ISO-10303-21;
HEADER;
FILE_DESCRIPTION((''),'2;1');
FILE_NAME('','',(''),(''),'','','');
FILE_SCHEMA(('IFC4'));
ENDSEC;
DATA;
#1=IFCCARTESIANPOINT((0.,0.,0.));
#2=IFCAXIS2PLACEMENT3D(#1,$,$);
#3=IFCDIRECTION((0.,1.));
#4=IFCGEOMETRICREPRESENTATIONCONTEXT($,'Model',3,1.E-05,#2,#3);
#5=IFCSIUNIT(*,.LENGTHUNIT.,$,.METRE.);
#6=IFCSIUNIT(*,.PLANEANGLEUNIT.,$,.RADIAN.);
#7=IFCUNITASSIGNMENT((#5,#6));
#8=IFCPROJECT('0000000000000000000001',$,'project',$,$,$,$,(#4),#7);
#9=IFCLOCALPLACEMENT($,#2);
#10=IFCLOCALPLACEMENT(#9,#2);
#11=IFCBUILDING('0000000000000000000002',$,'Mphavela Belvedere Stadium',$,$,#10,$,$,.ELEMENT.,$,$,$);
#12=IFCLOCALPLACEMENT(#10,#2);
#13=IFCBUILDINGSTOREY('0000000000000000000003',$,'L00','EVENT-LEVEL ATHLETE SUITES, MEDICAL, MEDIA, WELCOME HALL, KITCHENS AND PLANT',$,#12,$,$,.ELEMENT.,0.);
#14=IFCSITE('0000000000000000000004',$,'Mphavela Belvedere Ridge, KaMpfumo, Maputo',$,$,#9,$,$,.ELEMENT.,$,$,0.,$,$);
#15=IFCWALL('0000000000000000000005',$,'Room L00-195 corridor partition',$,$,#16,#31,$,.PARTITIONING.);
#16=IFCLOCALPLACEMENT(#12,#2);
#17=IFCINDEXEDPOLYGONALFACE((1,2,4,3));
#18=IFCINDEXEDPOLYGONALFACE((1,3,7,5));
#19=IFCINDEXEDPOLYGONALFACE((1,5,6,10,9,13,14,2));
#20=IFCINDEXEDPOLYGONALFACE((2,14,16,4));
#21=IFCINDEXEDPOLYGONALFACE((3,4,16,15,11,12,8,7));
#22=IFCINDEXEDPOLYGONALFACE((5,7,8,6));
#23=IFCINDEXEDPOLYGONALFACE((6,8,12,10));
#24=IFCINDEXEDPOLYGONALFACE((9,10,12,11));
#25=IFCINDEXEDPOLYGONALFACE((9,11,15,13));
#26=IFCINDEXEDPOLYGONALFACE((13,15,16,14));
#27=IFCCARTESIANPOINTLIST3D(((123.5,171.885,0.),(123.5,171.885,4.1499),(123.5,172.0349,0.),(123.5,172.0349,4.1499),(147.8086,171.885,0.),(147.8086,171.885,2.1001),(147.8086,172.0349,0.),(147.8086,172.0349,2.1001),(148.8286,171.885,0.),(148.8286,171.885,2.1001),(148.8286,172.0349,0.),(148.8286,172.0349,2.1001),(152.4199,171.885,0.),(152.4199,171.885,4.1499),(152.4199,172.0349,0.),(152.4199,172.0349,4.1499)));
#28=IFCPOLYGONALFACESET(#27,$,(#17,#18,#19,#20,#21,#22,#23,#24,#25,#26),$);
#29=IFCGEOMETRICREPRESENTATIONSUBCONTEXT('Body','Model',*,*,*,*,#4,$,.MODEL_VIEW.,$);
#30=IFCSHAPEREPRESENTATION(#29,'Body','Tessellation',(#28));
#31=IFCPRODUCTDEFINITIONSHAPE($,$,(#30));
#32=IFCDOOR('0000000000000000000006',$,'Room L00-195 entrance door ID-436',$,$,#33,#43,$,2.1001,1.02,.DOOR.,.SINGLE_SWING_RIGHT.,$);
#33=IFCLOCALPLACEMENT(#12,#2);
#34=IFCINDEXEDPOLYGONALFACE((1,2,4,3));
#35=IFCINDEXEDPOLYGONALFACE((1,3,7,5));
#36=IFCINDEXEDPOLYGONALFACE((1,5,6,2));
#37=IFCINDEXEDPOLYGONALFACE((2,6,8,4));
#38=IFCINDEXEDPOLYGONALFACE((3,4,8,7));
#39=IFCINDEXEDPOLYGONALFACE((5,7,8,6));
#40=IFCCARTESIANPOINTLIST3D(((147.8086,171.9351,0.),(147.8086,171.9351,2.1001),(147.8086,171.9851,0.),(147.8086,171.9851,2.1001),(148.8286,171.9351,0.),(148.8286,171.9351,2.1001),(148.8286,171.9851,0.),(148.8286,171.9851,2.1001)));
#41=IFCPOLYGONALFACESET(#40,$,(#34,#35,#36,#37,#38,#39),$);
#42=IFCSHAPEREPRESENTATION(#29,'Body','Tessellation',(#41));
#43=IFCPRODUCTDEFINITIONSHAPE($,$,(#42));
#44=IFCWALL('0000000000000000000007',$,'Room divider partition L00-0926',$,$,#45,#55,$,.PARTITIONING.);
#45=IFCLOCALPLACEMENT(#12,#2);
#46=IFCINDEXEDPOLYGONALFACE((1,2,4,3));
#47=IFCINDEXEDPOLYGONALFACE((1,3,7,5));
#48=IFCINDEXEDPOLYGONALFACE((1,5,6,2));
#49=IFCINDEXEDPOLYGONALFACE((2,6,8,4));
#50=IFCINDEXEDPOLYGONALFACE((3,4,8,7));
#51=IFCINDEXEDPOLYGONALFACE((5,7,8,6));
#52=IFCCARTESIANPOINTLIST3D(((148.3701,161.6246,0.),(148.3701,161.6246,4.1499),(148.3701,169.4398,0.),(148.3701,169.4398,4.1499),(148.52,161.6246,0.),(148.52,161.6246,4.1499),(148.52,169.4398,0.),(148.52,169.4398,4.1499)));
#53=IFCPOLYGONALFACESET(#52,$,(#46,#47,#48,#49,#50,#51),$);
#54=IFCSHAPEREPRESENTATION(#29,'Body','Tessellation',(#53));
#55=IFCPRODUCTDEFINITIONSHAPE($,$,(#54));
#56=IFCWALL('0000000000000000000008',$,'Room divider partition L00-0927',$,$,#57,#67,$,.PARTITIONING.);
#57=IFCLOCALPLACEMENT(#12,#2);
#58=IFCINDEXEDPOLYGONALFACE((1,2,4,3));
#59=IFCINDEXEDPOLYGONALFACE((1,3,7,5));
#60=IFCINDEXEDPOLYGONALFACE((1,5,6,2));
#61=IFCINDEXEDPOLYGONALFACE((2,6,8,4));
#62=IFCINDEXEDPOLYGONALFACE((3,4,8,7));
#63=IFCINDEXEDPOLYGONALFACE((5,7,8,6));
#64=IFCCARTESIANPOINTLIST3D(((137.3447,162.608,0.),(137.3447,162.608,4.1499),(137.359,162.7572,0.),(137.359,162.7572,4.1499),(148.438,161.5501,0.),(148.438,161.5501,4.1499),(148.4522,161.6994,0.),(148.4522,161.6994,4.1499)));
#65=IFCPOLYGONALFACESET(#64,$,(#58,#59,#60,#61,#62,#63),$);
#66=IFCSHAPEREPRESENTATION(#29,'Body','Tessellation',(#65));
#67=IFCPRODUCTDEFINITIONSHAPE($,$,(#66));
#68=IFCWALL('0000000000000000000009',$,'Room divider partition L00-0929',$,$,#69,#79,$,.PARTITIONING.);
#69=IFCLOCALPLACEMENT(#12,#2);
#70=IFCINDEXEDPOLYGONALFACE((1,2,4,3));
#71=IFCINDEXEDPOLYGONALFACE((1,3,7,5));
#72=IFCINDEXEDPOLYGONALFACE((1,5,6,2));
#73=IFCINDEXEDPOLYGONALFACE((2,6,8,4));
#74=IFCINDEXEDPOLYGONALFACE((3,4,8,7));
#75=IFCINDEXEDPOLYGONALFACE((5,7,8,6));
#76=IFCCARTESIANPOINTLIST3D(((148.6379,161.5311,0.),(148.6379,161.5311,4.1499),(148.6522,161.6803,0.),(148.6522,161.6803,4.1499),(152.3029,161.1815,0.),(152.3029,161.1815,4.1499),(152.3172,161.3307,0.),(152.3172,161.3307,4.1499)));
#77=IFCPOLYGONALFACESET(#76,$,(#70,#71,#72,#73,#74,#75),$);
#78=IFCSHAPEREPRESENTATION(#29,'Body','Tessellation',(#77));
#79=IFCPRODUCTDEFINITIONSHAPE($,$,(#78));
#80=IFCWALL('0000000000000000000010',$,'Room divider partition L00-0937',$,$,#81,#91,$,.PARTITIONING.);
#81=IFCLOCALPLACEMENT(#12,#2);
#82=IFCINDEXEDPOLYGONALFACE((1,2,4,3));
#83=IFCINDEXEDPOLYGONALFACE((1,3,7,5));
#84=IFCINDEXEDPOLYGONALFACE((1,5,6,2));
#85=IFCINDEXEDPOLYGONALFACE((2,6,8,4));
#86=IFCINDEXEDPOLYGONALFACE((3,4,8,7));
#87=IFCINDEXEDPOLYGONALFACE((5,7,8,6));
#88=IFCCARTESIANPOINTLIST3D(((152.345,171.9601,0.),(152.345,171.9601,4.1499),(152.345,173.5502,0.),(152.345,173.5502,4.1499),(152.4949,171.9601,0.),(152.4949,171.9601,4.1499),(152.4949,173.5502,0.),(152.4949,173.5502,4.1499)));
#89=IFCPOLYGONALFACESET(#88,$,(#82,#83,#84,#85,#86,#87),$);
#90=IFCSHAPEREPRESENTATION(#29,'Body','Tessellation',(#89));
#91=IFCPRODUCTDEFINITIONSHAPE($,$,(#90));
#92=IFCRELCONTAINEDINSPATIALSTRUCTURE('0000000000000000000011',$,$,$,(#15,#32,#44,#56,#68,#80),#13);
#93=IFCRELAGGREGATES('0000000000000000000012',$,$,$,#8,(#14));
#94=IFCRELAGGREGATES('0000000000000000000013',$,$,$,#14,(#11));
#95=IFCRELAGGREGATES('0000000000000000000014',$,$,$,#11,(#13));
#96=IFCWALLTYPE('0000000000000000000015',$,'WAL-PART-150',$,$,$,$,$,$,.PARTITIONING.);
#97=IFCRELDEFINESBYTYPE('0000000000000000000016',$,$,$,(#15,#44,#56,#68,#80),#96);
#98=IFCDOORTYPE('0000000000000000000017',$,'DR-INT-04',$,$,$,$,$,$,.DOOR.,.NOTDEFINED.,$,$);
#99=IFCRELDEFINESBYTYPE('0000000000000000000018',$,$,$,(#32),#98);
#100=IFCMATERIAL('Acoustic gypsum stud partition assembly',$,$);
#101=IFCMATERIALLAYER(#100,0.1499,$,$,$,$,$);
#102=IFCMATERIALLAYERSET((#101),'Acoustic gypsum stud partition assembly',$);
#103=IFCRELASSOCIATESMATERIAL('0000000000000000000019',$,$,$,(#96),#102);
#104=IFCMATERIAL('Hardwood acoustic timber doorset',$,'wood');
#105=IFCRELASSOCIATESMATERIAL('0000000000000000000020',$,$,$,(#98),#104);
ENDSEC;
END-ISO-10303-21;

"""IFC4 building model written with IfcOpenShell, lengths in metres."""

from ifc_helpers import new_model, si_unit, direction, frame, frame_2d, origin, place, context, subcontext, project, spatial, rectangle, extrude, material, layer, layer_set, type_object, element, fill, save


model = new_model("IFC4")

# Units and contexts
model_context = context("Model", 3, precision=1e-05, world=origin(), true_north=direction((0.0, 1.0)))
body_context = subcontext(model_context, "Body", "Model", "MODEL_VIEW")
ifc_project = project(units=[si_unit("LENGTHUNIT", "METRE"), si_unit("PLANEANGLEUNIT", "RADIAN")], contexts=[model_context])

# Site, building, storey
site_placement = place(None, origin())
site = spatial("IfcSite", under=ifc_project, at=site_placement, Name="Mphavela Belvedere Ridge, KaMpfumo, Maputo", CompositionType="ELEMENT", RefElevation=0.0)
building_placement = place(site_placement, origin())
building = spatial("IfcBuilding", under=site, at=building_placement, Name="Mphavela Belvedere Stadium", CompositionType="ELEMENT")
storey_placement = place(building_placement, origin())
storey = spatial("IfcBuildingStorey", under=building, at=storey_placement, Name="L00", Description="EVENT-LEVEL ATHLETE SUITES, MEDICAL, MEDIA, WELCOME HALL, KITCHENS AND PLANT", CompositionType="ELEMENT", Elevation=0.0)

# Wall, opening, door
ifc_material_1 = material(Name="Acoustic gypsum stud partition assembly")
ifc_layer_1 = layer(ifc_material_1, 0.1499)
ifc_layer_set_1 = layer_set([ifc_layer_1], Name="Acoustic gypsum stud partition assembly")
wall_type_1 = type_object("IfcWallType", Name="WAL-PART-150", PredefinedType="PARTITIONING", material=ifc_layer_set_1)
wall_1_placement = place(storey_placement, frame((152.4199, 171.96, 0.0), z_axis=(0.0, 0.0, 1.0), x_axis=(-1.0, 0.0, 0.0)))
wall_1 = element("IfcWall", 1, at=wall_1_placement, inside=storey, type_object=wall_type_1, Name="Room L00-195 corridor partition", PredefinedType="PARTITIONING", context=body_context, shape_type="SweptSolid", body=[
    extrude(rectangle(XDim=28.9199, YDim=0.1499, at=frame_2d((14.46, 0.0))), origin(), (0.0, 0.0, 1.0), 4.1499),
])
opening_1_placement = place(wall_1_placement, frame((3.5913, 0.0, 0.0)))
opening_1 = element("IfcOpeningElement", 2, at=opening_1_placement, cuts=wall_1, PredefinedType="OPENING", context=body_context, shape_type="SweptSolid", body=[
    extrude(rectangle(XDim=1.02, YDim=2.1001, at=frame_2d((0.51, 1.05))), frame((0.0, 0.085, 0.0), z_axis=(0.0, -1.0, 0.0), x_axis=(1.0, 0.0, 0.0)), (0.0, 0.0, 1.0), 0.1699),
])
ifc_material_2 = material(Name="Hardwood acoustic timber doorset", Category="wood")
door_type_1 = type_object("IfcDoorType", Name="DR-INT-04", OperationType="NOTDEFINED", PredefinedType="DOOR", material=ifc_material_2)
door_1_placement = place(opening_1_placement, origin())
door_1 = element("IfcDoor", 3, at=door_1_placement, inside=storey, type_object=door_type_1, Name="Room L00-195 entrance door ID-436", OperationType="SINGLE_SWING_RIGHT", OverallHeight=2.1001, OverallWidth=1.02, PredefinedType="DOOR", context=body_context, shape_type="SweptSolid", body=[
    extrude(rectangle(XDim=1.02, YDim=2.1001, at=frame_2d((0.51, 1.05))), frame((0.0, 0.0249, 0.0), z_axis=(0.0, -1.0, 0.0), x_axis=(1.0, 0.0, 0.0)), (0.0, 0.0, 1.0), 0.05),
])
fill(opening_1, door_1)

# Walls
wall_2_placement = place(storey_placement, frame((148.4451, 169.4399, 0.0), z_axis=(0.0, 0.0, 1.0), x_axis=(0.0, -1.0, 0.0)))
element("IfcWall", 4, at=wall_2_placement, inside=storey, type_object=wall_type_1, Name="Room divider partition L00-0926", PredefinedType="PARTITIONING", context=body_context, shape_type="SweptSolid", body=[
    extrude(rectangle(XDim=7.8152, YDim=0.1499, at=frame_2d((3.9077, 0.0))), origin(), (0.0, 0.0, 1.0), 4.1499),
])
wall_3_placement = place(storey_placement, frame((148.4451, 161.6248, 0.0), z_axis=(0.0, 0.0, 1.0), x_axis=(-0.995484, 0.09493, 0.0)))
element("IfcWall", 5, at=wall_3_placement, inside=storey, type_object=wall_type_1, Name="Room divider partition L00-0927", PredefinedType="PARTITIONING", context=body_context, shape_type="SweptSolid", body=[
    extrude(rectangle(XDim=11.1436, YDim=0.1499, at=frame_2d((5.5718, 0.0))), origin(), (0.0, 0.0, 1.0), 4.1499),
])
wall_4_placement = place(storey_placement, frame((152.3101, 161.2561, 0.0), z_axis=(0.0, 0.0, 1.0), x_axis=(-0.995481, 0.094959, 0.0)))
element("IfcWall", 6, at=wall_4_placement, inside=storey, type_object=wall_type_1, Name="Room divider partition L00-0929", PredefinedType="PARTITIONING", context=body_context, shape_type="SweptSolid", body=[
    extrude(rectangle(XDim=3.6816, YDim=0.1499, at=frame_2d((1.8408, 0.0))), origin(), (0.0, 0.0, 1.0), 4.1499),
])
wall_5_placement = place(storey_placement, frame((152.4199, 173.55, 0.0), z_axis=(0.0, 0.0, 1.0), x_axis=(0.0, -1.0, 0.0)))
element("IfcWall", 7, at=wall_5_placement, inside=storey, type_object=wall_type_1, Name="Room divider partition L00-0937", PredefinedType="PARTITIONING", context=body_context, shape_type="SweptSolid", body=[
    extrude(rectangle(XDim=1.5901, YDim=0.1499, at=frame_2d((0.7949, 0.0))), origin(), (0.0, 0.0, 1.0), 4.1499),
])

save(model, "model.ifc")
